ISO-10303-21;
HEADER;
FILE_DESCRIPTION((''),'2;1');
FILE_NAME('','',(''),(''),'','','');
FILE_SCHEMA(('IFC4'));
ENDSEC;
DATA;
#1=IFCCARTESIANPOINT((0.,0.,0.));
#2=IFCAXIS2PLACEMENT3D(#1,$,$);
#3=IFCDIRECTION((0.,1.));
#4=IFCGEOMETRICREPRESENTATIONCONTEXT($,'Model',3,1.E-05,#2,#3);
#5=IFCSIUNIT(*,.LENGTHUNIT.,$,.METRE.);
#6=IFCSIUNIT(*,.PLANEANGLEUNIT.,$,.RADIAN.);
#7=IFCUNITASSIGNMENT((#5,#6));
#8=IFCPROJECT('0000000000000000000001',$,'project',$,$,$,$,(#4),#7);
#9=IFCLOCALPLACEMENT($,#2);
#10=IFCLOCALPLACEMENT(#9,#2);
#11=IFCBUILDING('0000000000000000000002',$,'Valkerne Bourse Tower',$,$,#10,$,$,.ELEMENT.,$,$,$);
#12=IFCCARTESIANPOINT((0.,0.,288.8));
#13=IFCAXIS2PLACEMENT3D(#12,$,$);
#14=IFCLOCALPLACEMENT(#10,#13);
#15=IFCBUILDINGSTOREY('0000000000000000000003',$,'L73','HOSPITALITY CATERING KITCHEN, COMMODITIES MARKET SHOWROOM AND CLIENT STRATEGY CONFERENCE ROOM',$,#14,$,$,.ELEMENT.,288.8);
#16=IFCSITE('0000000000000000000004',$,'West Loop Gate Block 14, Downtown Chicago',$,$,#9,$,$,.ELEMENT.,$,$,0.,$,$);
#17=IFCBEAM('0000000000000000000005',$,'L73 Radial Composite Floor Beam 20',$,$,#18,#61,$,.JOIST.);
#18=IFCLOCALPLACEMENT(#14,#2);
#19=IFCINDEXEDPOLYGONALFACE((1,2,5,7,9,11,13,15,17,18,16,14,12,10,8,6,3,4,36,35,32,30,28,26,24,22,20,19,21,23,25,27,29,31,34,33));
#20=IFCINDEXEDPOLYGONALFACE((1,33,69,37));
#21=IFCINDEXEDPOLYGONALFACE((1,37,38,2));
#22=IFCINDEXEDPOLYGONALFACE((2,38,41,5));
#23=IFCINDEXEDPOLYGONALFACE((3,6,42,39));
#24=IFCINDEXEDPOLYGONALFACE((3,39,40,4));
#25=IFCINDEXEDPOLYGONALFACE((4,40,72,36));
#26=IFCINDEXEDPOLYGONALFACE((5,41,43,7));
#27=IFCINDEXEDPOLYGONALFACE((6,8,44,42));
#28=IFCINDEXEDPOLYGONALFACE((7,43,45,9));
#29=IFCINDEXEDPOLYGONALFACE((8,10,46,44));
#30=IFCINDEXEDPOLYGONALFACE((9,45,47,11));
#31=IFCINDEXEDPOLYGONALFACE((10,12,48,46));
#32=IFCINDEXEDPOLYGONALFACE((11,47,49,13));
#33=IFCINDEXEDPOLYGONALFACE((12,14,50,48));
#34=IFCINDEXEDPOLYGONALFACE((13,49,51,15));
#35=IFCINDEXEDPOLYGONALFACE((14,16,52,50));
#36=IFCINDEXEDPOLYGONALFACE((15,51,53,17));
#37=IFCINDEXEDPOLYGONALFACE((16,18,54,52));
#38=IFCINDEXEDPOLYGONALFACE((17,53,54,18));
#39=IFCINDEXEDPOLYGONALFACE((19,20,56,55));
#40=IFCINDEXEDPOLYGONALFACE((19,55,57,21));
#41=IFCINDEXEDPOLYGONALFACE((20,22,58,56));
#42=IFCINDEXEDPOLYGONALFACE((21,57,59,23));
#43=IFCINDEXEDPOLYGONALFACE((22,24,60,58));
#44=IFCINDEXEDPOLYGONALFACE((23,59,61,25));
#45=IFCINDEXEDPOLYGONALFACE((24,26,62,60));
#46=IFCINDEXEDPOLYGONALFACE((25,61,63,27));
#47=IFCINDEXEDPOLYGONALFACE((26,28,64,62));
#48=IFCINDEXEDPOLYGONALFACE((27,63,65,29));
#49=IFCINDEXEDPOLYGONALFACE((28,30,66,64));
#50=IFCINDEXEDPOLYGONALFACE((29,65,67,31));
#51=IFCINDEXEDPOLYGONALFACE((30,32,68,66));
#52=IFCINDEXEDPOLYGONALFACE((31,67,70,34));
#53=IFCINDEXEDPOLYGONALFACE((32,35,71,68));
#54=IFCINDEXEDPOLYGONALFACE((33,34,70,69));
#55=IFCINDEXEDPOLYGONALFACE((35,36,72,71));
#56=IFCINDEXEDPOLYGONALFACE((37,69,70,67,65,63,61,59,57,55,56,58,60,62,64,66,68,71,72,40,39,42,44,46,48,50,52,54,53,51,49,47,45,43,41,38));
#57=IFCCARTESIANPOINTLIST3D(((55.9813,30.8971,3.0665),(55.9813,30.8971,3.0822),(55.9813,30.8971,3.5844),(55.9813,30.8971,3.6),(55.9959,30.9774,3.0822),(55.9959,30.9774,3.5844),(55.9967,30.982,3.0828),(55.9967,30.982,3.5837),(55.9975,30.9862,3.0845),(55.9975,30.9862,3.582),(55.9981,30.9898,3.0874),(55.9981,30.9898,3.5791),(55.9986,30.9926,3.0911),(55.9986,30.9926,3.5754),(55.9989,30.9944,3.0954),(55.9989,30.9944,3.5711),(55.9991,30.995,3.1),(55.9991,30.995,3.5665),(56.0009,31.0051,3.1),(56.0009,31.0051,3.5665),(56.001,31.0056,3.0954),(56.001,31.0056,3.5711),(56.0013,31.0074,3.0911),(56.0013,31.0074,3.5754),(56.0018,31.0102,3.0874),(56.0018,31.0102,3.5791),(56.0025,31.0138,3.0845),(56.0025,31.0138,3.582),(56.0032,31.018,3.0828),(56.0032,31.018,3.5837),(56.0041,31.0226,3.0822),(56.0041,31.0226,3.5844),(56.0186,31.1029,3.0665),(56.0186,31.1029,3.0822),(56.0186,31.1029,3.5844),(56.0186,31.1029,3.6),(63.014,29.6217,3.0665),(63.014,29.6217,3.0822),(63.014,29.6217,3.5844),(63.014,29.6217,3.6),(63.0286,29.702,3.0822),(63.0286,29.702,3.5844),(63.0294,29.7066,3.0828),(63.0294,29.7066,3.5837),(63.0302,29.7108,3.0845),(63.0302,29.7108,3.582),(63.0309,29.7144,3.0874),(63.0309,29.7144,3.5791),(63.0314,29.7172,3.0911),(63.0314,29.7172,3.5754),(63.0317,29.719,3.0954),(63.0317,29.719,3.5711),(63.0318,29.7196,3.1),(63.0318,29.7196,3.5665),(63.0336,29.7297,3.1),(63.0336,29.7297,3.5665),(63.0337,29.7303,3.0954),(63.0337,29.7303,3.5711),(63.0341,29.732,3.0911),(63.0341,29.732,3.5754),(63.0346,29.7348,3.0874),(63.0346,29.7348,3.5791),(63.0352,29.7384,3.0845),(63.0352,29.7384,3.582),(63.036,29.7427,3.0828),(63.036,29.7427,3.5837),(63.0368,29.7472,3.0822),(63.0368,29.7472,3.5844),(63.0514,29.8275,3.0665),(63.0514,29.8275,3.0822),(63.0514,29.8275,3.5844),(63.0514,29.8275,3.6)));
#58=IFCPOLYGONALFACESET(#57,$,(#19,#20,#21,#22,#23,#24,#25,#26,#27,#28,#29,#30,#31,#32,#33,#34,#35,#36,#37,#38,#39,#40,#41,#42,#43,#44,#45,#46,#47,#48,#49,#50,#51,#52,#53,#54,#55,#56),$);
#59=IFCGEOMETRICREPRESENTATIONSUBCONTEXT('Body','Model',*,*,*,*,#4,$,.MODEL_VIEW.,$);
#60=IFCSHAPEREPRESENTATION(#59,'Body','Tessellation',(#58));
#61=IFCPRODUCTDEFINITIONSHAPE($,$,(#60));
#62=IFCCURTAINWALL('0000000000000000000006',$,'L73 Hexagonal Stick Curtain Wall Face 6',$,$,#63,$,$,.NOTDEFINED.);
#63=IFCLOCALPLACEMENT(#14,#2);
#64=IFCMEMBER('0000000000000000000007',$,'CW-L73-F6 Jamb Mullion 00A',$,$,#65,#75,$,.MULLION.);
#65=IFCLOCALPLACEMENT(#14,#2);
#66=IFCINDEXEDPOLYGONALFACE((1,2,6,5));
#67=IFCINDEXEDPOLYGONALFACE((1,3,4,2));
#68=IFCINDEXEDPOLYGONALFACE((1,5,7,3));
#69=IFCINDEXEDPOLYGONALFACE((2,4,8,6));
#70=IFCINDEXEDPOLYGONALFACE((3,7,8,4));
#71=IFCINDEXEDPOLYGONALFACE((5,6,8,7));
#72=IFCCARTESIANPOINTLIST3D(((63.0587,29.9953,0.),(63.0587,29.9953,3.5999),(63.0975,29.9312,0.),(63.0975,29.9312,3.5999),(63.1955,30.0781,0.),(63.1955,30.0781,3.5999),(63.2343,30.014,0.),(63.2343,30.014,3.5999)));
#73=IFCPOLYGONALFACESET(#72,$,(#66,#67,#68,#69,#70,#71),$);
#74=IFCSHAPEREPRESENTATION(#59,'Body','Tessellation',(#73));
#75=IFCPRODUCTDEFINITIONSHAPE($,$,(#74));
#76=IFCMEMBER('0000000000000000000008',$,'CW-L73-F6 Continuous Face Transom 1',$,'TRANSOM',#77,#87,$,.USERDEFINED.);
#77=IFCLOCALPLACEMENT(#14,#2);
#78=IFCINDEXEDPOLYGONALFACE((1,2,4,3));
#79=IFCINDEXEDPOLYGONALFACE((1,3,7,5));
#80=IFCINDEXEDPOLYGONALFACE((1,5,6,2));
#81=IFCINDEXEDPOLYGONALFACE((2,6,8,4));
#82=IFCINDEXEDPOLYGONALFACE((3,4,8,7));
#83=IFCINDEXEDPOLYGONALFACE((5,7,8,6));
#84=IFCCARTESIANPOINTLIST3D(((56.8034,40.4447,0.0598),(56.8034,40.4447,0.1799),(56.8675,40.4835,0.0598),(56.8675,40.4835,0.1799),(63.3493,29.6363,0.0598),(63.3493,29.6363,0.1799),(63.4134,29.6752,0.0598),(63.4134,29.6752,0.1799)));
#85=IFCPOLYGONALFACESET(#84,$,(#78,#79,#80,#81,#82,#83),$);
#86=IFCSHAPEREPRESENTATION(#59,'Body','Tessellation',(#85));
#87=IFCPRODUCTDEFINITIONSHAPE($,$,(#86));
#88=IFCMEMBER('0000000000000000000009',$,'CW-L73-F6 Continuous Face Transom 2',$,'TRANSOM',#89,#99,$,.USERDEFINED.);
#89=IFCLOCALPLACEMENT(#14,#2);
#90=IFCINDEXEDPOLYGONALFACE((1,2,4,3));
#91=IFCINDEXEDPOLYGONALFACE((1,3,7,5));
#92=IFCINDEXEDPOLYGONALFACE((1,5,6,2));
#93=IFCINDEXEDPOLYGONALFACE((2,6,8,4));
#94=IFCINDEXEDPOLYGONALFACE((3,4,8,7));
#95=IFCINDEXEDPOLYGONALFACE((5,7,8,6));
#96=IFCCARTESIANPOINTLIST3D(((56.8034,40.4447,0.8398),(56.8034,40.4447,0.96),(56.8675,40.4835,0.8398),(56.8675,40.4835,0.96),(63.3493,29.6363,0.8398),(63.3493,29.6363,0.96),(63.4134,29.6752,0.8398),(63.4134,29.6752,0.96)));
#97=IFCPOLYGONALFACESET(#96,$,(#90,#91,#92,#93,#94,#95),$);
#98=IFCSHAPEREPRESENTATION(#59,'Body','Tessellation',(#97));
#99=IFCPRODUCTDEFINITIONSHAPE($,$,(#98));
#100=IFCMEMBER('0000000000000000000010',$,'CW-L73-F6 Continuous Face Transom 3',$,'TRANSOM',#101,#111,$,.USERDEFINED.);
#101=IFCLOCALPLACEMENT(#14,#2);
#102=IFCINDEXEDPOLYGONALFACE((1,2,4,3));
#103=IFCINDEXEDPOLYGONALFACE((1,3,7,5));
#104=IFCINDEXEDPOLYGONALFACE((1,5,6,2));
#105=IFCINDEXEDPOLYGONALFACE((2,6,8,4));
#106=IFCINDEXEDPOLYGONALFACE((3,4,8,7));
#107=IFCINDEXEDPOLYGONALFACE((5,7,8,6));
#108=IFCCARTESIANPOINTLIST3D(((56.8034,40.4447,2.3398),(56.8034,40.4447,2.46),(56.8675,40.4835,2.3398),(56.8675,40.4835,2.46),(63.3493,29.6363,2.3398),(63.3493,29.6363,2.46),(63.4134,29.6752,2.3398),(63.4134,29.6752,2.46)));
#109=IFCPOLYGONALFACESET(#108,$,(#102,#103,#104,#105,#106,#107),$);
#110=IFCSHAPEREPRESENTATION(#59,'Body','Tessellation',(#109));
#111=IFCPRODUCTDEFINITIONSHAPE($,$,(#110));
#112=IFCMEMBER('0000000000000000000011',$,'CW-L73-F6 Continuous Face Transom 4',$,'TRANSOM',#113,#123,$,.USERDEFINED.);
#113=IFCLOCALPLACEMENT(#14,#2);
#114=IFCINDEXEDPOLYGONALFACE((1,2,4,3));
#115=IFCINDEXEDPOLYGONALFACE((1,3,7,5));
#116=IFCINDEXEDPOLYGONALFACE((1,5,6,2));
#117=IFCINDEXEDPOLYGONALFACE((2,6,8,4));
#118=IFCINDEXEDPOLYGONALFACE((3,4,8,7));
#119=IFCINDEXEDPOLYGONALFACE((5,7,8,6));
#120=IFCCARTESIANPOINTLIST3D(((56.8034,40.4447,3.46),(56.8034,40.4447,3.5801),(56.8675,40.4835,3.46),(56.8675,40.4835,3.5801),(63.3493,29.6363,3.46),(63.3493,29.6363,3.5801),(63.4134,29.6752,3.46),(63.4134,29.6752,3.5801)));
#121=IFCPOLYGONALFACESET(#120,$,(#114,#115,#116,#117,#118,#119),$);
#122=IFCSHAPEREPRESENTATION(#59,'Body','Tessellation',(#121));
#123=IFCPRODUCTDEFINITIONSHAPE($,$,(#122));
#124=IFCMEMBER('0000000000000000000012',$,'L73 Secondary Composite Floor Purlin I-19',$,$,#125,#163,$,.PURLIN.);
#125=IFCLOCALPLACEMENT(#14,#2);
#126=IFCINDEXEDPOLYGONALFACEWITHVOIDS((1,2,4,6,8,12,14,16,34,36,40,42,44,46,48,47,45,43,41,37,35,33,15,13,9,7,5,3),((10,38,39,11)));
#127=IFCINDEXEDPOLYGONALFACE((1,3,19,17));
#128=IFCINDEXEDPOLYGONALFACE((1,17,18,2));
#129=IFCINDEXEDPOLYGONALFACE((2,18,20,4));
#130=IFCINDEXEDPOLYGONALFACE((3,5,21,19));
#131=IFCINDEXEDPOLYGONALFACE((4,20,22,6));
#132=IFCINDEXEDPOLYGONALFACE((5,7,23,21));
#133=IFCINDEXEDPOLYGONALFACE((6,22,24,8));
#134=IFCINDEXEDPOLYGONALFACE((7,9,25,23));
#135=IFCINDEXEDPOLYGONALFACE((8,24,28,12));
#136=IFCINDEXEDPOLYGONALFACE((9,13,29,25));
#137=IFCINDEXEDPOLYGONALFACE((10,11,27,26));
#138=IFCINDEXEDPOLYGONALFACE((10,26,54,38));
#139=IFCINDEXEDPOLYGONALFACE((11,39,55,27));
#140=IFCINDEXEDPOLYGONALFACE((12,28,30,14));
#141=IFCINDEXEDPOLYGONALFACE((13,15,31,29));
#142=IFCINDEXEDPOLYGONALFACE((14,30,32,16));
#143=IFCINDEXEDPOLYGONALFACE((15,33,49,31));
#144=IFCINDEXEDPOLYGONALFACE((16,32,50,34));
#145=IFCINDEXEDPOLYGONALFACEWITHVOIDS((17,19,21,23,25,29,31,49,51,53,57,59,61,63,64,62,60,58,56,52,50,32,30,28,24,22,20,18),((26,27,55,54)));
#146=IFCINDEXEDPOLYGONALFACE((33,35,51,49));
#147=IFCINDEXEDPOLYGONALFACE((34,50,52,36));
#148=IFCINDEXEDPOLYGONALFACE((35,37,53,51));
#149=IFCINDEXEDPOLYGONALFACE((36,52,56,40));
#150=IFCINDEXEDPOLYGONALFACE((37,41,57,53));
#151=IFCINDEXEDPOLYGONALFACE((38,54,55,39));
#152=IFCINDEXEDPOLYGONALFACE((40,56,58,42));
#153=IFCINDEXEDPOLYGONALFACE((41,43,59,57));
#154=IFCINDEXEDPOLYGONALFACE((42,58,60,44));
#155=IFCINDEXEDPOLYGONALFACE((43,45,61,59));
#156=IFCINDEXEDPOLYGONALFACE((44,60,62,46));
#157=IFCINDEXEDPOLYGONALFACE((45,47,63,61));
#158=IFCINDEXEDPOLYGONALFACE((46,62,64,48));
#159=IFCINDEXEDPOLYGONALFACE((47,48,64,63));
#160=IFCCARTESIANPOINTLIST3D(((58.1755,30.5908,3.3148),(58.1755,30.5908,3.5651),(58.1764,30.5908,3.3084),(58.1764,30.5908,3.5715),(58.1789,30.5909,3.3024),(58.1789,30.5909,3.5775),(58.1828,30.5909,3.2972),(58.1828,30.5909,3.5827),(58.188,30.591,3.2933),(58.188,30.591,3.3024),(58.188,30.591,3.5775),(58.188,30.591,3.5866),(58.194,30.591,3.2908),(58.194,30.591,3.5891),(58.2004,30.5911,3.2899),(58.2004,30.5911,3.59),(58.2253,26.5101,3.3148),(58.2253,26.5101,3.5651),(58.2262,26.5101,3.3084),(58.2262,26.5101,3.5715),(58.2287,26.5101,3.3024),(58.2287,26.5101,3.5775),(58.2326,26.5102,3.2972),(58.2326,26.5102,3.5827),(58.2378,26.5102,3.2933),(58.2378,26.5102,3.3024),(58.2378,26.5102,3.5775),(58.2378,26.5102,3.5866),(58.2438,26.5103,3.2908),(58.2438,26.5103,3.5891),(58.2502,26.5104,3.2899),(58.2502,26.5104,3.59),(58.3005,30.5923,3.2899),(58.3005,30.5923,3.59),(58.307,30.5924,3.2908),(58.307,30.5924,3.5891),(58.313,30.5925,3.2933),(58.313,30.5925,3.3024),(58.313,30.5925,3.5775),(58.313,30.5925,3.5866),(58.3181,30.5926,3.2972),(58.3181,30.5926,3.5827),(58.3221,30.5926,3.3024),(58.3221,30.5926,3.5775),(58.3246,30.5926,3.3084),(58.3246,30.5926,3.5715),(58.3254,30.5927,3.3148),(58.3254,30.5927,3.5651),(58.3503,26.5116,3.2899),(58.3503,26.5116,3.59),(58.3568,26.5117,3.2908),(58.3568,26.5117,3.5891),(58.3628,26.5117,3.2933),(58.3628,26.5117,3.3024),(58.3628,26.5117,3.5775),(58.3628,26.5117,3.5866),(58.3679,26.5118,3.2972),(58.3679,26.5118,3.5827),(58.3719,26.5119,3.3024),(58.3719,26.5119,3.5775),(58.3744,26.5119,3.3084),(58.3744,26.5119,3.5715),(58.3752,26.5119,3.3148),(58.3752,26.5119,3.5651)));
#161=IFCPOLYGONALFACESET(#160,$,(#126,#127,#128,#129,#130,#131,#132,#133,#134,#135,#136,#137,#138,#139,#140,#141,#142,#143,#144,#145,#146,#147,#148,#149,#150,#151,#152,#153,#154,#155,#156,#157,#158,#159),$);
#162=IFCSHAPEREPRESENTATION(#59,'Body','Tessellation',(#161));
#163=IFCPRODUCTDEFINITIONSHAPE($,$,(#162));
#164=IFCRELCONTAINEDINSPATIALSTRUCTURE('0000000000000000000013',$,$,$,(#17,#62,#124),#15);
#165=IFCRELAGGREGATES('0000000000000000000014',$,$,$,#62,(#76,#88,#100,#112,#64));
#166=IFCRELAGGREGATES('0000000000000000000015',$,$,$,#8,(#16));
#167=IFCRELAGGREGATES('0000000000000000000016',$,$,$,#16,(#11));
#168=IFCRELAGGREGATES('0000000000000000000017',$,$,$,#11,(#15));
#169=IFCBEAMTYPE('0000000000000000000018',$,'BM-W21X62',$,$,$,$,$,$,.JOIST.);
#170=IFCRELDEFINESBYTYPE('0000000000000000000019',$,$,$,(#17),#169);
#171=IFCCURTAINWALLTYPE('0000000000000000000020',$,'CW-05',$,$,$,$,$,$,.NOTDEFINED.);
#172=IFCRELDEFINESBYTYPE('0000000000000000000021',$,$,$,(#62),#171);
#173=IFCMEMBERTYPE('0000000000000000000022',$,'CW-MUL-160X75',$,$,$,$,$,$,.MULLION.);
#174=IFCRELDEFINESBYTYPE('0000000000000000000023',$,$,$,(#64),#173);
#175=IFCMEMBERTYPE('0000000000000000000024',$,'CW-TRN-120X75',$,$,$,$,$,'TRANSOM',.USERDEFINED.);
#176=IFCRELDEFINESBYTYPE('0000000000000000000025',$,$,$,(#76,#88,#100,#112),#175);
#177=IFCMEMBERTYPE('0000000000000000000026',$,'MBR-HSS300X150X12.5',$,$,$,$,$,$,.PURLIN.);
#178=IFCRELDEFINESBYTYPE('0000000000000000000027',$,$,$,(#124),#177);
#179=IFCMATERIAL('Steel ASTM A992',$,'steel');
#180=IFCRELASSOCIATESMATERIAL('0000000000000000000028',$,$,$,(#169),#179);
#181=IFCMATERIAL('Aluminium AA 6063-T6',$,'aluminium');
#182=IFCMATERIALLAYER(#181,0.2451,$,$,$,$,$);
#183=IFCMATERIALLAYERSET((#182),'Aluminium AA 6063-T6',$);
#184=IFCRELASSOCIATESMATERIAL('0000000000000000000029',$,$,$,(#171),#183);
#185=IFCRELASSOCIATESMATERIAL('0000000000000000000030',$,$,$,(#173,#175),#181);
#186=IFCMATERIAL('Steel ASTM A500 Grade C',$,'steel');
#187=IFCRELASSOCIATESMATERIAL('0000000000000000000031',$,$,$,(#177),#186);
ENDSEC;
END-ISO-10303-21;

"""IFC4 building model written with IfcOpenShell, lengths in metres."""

from ifc_helpers import new_model, si_unit, direction, frame, origin, origin_2d, place, context, subcontext, project, spatial, rectangle, hollow_rectangle, i_section, extrude, material, layer, layer_set, material_profile, profile_set, type_object, element, aggregate, save


model = new_model("IFC4")

# Units and contexts
model_context = context("Model", 3, precision=1e-05, world=origin(), true_north=direction((0.0, 1.0)))
body_context = subcontext(model_context, "Body", "Model", "MODEL_VIEW")
ifc_project = project(units=[si_unit("LENGTHUNIT", "METRE"), si_unit("PLANEANGLEUNIT", "RADIAN")], contexts=[model_context])

# Site, building, storey
site_placement = place(None, origin())
site = spatial("IfcSite", under=ifc_project, at=site_placement, Name="West Loop Gate Block 14, Downtown Chicago", CompositionType="ELEMENT", RefElevation=0.0)
building_placement = place(site_placement, origin())
building = spatial("IfcBuilding", under=site, at=building_placement, Name="Valkerne Bourse Tower", CompositionType="ELEMENT")
storey_placement = place(building_placement, frame((0.0, 0.0, 288.8)))
storey = spatial("IfcBuildingStorey", under=building, at=storey_placement, Name="L73", Description="HOSPITALITY CATERING KITCHEN, COMMODITIES MARKET SHOWROOM AND CLIENT STRATEGY CONFERENCE ROOM", CompositionType="ELEMENT", Elevation=288.8)

# Shared definitions
ifc_material_1 = material(Name="Steel ASTM A500 Grade C", Category="steel")

# Beam
ifc_material_2 = material(Name="Steel ASTM A992", Category="steel")
ifc_material_profile_1 = material_profile(ifc_material_2, i_section(OverallWidth=0.2092, OverallDepth=0.5334, WebThickness=0.0103, FlangeThickness=0.0156, FilletRadius=0.0178, at=origin_2d()), Name="W21X62")
ifc_profile_set_1 = profile_set([ifc_material_profile_1], Name="Steel ASTM A992")
beam_type_1 = type_object("IfcBeamType", Name="BM-W21X62", PredefinedType="JOIST", material=ifc_profile_set_1)
beam_1_placement = place(storey_placement, frame((63.0327, 29.7246, 3.3333), z_axis=(-0.983951, 0.178441, 0.0), x_axis=(-0.178441, -0.983951, 0.0)))
element("IfcBeam", 1, at=beam_1_placement, inside=storey, type_object=beam_type_1, Name="L73 Radial Composite Floor Beam 20", PredefinedType="JOIST", context=body_context, shape_type="SweptSolid", body=[
    extrude(i_section(OverallWidth=0.2092, OverallDepth=0.5334, WebThickness=0.0103, FlangeThickness=0.0156, FilletRadius=0.0178, at=origin_2d()), origin(), (0.0, 0.0, 1.0), 7.1475),
])

# Curtain wall, members
ifc_material_3 = material(Name="Aluminium AA 6063-T6", Category="aluminium")
ifc_layer_1 = layer(ifc_material_3, 0.2451)
ifc_layer_set_1 = layer_set([ifc_layer_1], Name="Aluminium AA 6063-T6")
curtain_wall_type = type_object("IfcCurtainWallType", Name="CW-05", PredefinedType="NOTDEFINED", material=ifc_layer_set_1)
curtain_wall_placement = place(storey_placement, origin())
curtain_wall = element("IfcCurtainWall", 2, at=curtain_wall_placement, inside=storey, type_object=curtain_wall_type, Name="L73 Hexagonal Stick Curtain Wall Face 6", PredefinedType="NOTDEFINED")
ifc_material_profile_2 = material_profile(ifc_material_3, rectangle(XDim=0.075, YDim=0.1599, at=origin_2d()), Name="CWM-75X160")
ifc_profile_set_2 = profile_set([ifc_material_profile_2], Name="Aluminium AA 6063-T6")
member_type_1 = type_object("IfcMemberType", Name="CW-MUL-160X75", PredefinedType="MULLION", material=ifc_profile_set_2)
member_1_placement = place(storey_placement, frame((63.1465, 30.0046, 0.0), z_axis=(0.0, 0.0, 1.0), x_axis=(-0.518039, 0.855357, 0.0)))
member_1 = element("IfcMember", 3, at=member_1_placement, type_object=member_type_1, Name="CW-L73-F6 Jamb Mullion 00A", PredefinedType="MULLION", context=body_context, shape_type="SweptSolid", body=[
    extrude(rectangle(XDim=0.075, YDim=0.1599, at=origin_2d()), origin(), (0.0, 0.0, 1.0), 3.5999),
])
ifc_material_profile_3 = material_profile(ifc_material_3, rectangle(XDim=0.075, YDim=0.1201, at=origin_2d()), Name="CWT-75X120")
ifc_profile_set_3 = profile_set([ifc_material_profile_3], Name="Aluminium AA 6063-T6")
member_type_2 = type_object("IfcMemberType", Name="CW-TRN-120X75", ElementType="TRANSOM", PredefinedType="USERDEFINED", material=ifc_profile_set_3)
member_2_placement = place(storey_placement, frame((63.3813, 29.6558, 0.1199), z_axis=(-0.518034, 0.85536, 0.0), x_axis=(-0.85536, -0.518034, 0.0)))
member_2 = element("IfcMember", 4, at=member_2_placement, type_object=member_type_2, Name="CW-L73-F6 Continuous Face Transom 1", ObjectType="TRANSOM", PredefinedType="USERDEFINED", context=body_context, shape_type="SweptSolid", body=[
    extrude(rectangle(XDim=0.075, YDim=0.1201, at=origin_2d()), origin(), (0.0, 0.0, 1.0), 12.636),
])
member_3_placement = place(storey_placement, frame((63.3813, 29.6558, 0.8999), z_axis=(-0.518034, 0.85536, 0.0), x_axis=(-0.85536, -0.518034, 0.0)))
member_3 = element("IfcMember", 5, at=member_3_placement, type_object=member_type_2, Name="CW-L73-F6 Continuous Face Transom 2", ObjectType="TRANSOM", PredefinedType="USERDEFINED", context=body_context, shape_type="SweptSolid", body=[
    extrude(rectangle(XDim=0.075, YDim=0.1201, at=origin_2d()), origin(), (0.0, 0.0, 1.0), 12.636),
])
member_4_placement = place(storey_placement, frame((63.3813, 29.6558, 2.3999), z_axis=(-0.518034, 0.85536, 0.0), x_axis=(-0.85536, -0.518034, 0.0)))
member_4 = element("IfcMember", 6, at=member_4_placement, type_object=member_type_2, Name="CW-L73-F6 Continuous Face Transom 3", ObjectType="TRANSOM", PredefinedType="USERDEFINED", context=body_context, shape_type="SweptSolid", body=[
    extrude(rectangle(XDim=0.075, YDim=0.1201, at=origin_2d()), origin(), (0.0, 0.0, 1.0), 12.636),
])
member_5_placement = place(storey_placement, frame((63.3813, 29.6558, 3.52), z_axis=(-0.518034, 0.85536, 0.0), x_axis=(-0.85536, -0.518034, 0.0)))
member_5 = element("IfcMember", 7, at=member_5_placement, type_object=member_type_2, Name="CW-L73-F6 Continuous Face Transom 4", ObjectType="TRANSOM", PredefinedType="USERDEFINED", context=body_context, shape_type="SweptSolid", body=[
    extrude(rectangle(XDim=0.075, YDim=0.1201, at=origin_2d()), origin(), (0.0, 0.0, 1.0), 12.636),
])

# Member
ifc_material_profile_4 = material_profile(ifc_material_1, hollow_rectangle(XDim=0.1499, YDim=0.3, WallThickness=0.0125, OuterFilletRadius=0.0249, at=origin_2d()), Name="HSS300X150X12.5")
ifc_profile_set_4 = profile_set([ifc_material_profile_4], Name="Steel ASTM A500 Grade C")
member_type_3 = type_object("IfcMemberType", Name="MBR-HSS300X150X12.5", PredefinedType="PURLIN", material=ifc_profile_set_4)
member_6_placement = place(storey_placement, frame((58.3003, 26.511, 3.4399), z_axis=(-0.012204, 0.999926, 0.0), x_axis=(-0.999926, -0.012204, 0.0)))
element("IfcMember", 8, at=member_6_placement, inside=storey, type_object=member_type_3, Name="L73 Secondary Composite Floor Purlin I-19", PredefinedType="PURLIN", context=body_context, shape_type="SweptSolid", body=[
    extrude(hollow_rectangle(XDim=0.1499, YDim=0.3, WallThickness=0.0125, OuterFilletRadius=0.0249, at=origin_2d()), origin(), (0.0, 0.0, 1.0), 4.0811),
])

aggregate(curtain_wall, [member_2, member_3, member_4, member_5, member_1])

save(model, "model.ifc")
